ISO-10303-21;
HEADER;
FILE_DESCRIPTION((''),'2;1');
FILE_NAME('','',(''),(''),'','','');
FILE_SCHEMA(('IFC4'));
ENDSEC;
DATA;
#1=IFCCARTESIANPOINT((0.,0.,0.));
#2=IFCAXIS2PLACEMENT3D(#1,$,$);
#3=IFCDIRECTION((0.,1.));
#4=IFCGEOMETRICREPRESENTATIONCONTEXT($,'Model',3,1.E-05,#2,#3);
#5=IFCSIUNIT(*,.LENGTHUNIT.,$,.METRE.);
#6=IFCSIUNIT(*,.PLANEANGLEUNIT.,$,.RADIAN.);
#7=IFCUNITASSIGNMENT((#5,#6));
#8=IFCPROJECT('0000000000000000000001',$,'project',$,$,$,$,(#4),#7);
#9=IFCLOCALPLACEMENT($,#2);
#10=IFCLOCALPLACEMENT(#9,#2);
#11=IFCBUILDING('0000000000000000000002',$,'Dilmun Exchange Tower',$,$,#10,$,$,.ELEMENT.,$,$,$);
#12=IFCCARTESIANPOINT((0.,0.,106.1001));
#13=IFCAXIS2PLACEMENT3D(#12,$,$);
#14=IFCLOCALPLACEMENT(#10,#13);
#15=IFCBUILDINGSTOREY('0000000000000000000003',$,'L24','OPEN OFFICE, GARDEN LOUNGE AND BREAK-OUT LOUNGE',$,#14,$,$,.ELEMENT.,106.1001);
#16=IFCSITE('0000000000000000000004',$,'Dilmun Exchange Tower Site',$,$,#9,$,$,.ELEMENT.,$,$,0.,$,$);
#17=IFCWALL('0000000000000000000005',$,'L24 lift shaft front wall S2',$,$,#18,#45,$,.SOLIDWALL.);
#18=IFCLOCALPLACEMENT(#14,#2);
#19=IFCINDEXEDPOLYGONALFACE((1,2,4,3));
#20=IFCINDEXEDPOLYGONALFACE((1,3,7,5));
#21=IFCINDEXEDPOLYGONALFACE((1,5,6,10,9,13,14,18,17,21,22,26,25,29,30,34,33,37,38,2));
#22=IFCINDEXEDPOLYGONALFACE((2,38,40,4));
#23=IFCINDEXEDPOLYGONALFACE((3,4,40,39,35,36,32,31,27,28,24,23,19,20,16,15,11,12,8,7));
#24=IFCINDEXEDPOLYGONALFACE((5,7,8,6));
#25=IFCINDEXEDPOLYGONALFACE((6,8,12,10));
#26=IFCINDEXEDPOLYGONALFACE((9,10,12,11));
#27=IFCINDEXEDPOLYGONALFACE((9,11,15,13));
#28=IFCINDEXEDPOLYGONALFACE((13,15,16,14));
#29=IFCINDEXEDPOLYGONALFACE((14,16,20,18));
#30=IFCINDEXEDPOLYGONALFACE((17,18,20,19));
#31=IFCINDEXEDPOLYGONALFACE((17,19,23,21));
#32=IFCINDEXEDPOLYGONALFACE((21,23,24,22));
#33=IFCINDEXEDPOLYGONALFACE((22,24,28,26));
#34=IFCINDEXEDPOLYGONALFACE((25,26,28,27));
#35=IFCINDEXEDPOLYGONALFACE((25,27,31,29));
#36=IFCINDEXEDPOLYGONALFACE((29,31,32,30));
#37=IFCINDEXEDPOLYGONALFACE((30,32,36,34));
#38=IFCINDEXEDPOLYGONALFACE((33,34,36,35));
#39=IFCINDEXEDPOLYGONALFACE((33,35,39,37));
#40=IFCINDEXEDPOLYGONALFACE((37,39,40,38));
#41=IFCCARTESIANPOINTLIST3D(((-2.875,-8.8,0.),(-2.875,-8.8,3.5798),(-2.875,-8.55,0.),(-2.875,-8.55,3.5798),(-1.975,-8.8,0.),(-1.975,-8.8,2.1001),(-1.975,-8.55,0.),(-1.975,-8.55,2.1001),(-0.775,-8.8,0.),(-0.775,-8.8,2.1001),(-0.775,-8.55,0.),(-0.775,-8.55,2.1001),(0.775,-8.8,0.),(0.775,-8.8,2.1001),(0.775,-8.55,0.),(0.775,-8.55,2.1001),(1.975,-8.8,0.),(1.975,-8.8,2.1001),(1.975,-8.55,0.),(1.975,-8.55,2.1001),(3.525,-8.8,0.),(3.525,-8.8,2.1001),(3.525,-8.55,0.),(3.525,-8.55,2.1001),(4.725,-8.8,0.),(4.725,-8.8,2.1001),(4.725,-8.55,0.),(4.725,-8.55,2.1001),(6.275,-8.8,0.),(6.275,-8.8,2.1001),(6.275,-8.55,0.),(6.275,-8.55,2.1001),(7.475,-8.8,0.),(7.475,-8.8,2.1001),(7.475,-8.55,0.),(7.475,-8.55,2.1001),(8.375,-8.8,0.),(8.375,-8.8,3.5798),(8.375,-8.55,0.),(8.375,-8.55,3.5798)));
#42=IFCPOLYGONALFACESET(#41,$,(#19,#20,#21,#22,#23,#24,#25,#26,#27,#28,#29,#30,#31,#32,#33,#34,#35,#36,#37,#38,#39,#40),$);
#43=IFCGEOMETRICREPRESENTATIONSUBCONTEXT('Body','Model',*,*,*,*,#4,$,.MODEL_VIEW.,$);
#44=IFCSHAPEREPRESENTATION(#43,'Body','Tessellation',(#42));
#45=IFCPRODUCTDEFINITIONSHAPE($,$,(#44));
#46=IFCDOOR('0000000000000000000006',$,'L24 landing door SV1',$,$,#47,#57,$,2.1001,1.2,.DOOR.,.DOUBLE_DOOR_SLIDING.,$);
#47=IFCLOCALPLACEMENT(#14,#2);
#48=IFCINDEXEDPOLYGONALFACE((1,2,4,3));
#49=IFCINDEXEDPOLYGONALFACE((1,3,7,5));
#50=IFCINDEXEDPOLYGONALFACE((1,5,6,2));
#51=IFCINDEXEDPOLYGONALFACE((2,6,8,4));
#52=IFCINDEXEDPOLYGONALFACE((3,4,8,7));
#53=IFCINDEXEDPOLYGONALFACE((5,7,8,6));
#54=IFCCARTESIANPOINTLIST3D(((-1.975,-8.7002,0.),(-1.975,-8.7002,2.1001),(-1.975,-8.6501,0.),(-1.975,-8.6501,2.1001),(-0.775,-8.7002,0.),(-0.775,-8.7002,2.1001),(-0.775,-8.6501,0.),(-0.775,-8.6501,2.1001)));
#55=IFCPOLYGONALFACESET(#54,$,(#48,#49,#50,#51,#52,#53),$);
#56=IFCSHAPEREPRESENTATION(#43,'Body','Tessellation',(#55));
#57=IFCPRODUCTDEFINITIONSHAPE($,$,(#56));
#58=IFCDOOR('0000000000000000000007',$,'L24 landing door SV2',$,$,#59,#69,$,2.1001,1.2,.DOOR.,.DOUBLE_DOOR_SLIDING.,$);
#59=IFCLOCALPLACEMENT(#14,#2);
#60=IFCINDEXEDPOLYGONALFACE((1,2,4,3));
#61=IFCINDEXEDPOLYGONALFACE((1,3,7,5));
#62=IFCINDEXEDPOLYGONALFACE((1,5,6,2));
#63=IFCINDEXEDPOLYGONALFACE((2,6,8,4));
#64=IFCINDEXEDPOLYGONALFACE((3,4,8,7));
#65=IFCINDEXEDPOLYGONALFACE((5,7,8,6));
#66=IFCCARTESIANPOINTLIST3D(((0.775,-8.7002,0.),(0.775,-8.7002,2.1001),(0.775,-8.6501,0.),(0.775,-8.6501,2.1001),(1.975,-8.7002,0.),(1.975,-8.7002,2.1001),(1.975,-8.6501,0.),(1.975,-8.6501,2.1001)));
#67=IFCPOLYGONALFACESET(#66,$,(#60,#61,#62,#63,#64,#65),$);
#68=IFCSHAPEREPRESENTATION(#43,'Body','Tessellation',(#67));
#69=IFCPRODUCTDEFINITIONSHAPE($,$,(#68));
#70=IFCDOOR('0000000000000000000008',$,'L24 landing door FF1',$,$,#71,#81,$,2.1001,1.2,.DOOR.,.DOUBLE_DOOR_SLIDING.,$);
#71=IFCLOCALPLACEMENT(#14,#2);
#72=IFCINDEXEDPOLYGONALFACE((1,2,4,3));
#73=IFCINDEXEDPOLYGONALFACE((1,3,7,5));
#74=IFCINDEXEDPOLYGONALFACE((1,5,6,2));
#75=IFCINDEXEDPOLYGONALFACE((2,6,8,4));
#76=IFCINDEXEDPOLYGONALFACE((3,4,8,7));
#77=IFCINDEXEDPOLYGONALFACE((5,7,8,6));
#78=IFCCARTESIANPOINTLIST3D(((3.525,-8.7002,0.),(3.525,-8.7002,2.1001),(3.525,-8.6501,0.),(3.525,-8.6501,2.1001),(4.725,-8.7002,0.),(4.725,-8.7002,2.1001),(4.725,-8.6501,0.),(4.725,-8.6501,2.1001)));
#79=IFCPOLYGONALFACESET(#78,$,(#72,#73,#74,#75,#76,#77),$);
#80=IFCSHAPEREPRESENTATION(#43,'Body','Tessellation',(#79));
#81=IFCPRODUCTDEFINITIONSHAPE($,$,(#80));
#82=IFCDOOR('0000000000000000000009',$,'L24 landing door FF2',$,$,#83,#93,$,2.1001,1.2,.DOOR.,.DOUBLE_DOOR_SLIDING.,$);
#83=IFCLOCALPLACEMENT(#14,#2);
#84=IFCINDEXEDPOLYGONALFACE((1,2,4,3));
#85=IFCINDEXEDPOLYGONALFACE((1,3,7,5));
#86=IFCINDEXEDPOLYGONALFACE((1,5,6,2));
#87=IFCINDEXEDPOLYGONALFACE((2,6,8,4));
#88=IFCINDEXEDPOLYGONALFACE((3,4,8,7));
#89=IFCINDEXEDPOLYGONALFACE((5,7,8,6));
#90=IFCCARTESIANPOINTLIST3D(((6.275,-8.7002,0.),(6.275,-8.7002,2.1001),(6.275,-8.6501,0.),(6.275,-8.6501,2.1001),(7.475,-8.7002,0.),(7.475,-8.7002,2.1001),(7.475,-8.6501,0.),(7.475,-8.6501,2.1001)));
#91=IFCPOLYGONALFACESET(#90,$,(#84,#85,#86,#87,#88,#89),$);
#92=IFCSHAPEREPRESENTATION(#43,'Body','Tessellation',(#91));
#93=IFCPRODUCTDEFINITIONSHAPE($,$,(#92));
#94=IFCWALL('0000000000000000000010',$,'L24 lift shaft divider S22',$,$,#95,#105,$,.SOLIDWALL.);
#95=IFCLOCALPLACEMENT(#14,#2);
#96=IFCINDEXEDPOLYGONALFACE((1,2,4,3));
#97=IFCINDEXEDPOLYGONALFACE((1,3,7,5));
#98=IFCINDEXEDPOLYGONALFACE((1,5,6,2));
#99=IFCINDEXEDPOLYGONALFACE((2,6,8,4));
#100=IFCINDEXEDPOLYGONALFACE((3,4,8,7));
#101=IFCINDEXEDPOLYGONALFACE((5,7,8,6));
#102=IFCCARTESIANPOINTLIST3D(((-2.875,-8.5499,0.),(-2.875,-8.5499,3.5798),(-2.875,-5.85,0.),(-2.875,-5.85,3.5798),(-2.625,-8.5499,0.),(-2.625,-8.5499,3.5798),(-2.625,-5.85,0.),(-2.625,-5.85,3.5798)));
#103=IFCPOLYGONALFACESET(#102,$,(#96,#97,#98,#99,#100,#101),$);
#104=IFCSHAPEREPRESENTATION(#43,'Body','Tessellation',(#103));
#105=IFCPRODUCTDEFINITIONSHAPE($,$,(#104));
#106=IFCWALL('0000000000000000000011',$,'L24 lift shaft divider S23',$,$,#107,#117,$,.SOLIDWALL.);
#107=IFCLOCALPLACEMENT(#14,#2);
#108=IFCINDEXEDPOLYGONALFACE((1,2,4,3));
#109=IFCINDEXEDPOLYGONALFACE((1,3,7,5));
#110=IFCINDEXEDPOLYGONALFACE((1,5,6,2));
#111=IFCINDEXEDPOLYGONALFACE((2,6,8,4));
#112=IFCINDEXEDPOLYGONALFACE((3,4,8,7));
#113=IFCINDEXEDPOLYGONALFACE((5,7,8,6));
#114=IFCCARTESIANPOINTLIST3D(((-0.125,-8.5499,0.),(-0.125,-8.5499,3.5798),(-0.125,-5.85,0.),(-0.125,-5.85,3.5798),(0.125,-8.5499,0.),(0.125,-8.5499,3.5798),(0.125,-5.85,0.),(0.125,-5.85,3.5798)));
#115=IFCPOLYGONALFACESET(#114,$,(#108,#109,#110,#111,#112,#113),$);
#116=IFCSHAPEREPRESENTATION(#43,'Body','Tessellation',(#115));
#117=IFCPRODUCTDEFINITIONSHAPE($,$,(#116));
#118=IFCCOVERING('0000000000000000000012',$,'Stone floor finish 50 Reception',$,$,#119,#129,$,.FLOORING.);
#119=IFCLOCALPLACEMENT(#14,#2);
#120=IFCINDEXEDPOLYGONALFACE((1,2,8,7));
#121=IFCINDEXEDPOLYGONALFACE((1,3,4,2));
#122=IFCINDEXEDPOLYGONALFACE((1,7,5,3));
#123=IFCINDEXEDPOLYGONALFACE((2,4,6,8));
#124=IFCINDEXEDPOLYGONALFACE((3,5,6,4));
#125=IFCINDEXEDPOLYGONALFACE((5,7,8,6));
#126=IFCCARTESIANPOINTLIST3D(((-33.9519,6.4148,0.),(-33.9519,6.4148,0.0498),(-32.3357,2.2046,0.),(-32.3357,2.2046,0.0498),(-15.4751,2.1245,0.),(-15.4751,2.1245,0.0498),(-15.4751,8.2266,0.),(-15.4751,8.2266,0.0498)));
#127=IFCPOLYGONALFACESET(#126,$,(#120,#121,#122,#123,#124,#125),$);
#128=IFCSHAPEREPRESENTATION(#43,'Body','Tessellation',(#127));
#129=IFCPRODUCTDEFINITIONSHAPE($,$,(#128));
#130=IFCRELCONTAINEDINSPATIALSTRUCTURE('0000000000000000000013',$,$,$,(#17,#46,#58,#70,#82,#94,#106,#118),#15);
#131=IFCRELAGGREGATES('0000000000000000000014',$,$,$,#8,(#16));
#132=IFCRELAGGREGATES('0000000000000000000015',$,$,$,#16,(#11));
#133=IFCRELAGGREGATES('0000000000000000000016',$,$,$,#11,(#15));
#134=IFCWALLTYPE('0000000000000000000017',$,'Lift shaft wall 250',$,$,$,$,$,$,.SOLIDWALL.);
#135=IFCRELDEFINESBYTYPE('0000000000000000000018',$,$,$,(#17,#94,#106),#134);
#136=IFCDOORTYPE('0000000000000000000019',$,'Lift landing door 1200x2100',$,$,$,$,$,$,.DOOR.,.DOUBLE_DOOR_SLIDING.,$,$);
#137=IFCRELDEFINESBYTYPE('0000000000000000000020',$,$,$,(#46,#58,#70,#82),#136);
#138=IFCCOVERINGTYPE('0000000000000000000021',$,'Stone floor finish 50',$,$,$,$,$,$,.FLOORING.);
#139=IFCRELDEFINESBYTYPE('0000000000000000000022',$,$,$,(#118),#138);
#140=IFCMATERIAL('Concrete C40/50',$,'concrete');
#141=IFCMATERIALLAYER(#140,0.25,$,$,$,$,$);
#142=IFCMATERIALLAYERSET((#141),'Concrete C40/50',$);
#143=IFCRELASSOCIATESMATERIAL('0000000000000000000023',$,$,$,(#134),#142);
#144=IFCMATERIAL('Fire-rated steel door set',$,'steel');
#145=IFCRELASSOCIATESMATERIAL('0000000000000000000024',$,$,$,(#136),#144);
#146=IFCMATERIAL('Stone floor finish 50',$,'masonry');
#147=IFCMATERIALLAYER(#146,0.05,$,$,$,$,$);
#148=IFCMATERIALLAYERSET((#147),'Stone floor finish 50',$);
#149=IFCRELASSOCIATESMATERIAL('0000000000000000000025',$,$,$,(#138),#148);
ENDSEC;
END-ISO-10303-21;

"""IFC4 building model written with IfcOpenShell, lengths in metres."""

from ifc_helpers import new_model, si_unit, direction, frame, frame_2d, origin, place, context, subcontext, project, spatial, polyline, rectangle, outline, extrude, material, layer, layer_set, type_object, element, fill, save


model = new_model("IFC4")

# Units and contexts
model_context = context("Model", 3, precision=1e-05, world=origin(), true_north=direction((0.0, 1.0)))
body_context = subcontext(model_context, "Body", "Model", "MODEL_VIEW")
ifc_project = project(units=[si_unit("LENGTHUNIT", "METRE"), si_unit("PLANEANGLEUNIT", "RADIAN")], contexts=[model_context])

# Site, building, storey
site_placement = place(None, origin())
site = spatial("IfcSite", under=ifc_project, at=site_placement, Name="Dilmun Exchange Tower Site", CompositionType="ELEMENT", RefElevation=0.0)
building_placement = place(site_placement, origin())
building = spatial("IfcBuilding", under=site, at=building_placement, Name="Dilmun Exchange Tower", CompositionType="ELEMENT")
storey_placement = place(building_placement, frame((0.0, 0.0, 106.1001)))
storey = spatial("IfcBuildingStorey", under=building, at=storey_placement, Name="L24", Description="OPEN OFFICE, GARDEN LOUNGE AND BREAK-OUT LOUNGE", CompositionType="ELEMENT", Elevation=106.1001)

# Shared definitions
ifc_material_1 = material(Name="Concrete C40/50", Category="concrete")

# Shared definitions
ifc_layer_1 = layer(ifc_material_1, 0.25)
ifc_layer_set_1 = layer_set([ifc_layer_1], Name="Concrete C40/50")
wall_type_1 = type_object("IfcWallType", Name="Lift shaft wall 250", PredefinedType="SOLIDWALL", material=ifc_layer_set_1)

# Wall, openings, doors
wall_1_placement = place(storey_placement, frame((-2.875, -8.675, 0.0), z_axis=(0.0, 0.0, 1.0), x_axis=(1.0, 0.0, 0.0)))
wall_1 = element("IfcWall", 1, at=wall_1_placement, inside=storey, type_object=wall_type_1, Name="L24 lift shaft front wall S2", PredefinedType="SOLIDWALL", context=body_context, shape_type="SweptSolid", body=[
    extrude(rectangle(XDim=11.25, YDim=0.25, at=frame_2d((5.625, 0.0))), origin(), (0.0, 0.0, 1.0), 3.5798),
])
opening_1_placement = place(wall_1_placement, frame((0.8999, 0.0, 0.0)))
opening_1 = element("IfcOpeningElement", 2, at=opening_1_placement, cuts=wall_1, PredefinedType="OPENING", context=body_context, shape_type="SweptSolid", body=[
    extrude(rectangle(XDim=1.2, YDim=2.1001, at=frame_2d((0.6001, 1.05))), frame((0.0, 0.135, 0.0), z_axis=(0.0, -1.0, 0.0), x_axis=(1.0, 0.0, 0.0)), (0.0, 0.0, 1.0), 0.27),
])
opening_2_placement = place(wall_1_placement, frame((3.6499, 0.0, 0.0)))
opening_2 = element("IfcOpeningElement", 3, at=opening_2_placement, cuts=wall_1, PredefinedType="OPENING", context=body_context, shape_type="SweptSolid", body=[
    extrude(rectangle(XDim=1.2, YDim=2.1001, at=frame_2d((0.6001, 1.05))), frame((0.0, 0.135, 0.0), z_axis=(0.0, -1.0, 0.0), x_axis=(1.0, 0.0, 0.0)), (0.0, 0.0, 1.0), 0.27),
])
opening_3_placement = place(wall_1_placement, frame((6.3999, 0.0, 0.0)))
opening_3 = element("IfcOpeningElement", 4, at=opening_3_placement, cuts=wall_1, PredefinedType="OPENING", context=body_context, shape_type="SweptSolid", body=[
    extrude(rectangle(XDim=1.2, YDim=2.1001, at=frame_2d((0.6001, 1.05))), frame((0.0, 0.135, 0.0), z_axis=(0.0, -1.0, 0.0), x_axis=(1.0, 0.0, 0.0)), (0.0, 0.0, 1.0), 0.27),
])
opening_4_placement = place(wall_1_placement, frame((9.1499, 0.0, 0.0)))
opening_4 = element("IfcOpeningElement", 5, at=opening_4_placement, cuts=wall_1, PredefinedType="OPENING", context=body_context, shape_type="SweptSolid", body=[
    extrude(rectangle(XDim=1.2, YDim=2.1001, at=frame_2d((0.6001, 1.05))), frame((0.0, 0.135, 0.0), z_axis=(0.0, -1.0, 0.0), x_axis=(1.0, 0.0, 0.0)), (0.0, 0.0, 1.0), 0.27),
])
ifc_material_2 = material(Name="Fire-rated steel door set", Category="steel")
door_type = type_object("IfcDoorType", Name="Lift landing door 1200x2100", OperationType="DOUBLE_DOOR_SLIDING", PredefinedType="DOOR", material=ifc_material_2)
door_1_placement = place(opening_1_placement, origin())
door_1 = element("IfcDoor", 6, at=door_1_placement, inside=storey, type_object=door_type, Name="L24 landing door SV1", OperationType="DOUBLE_DOOR_SLIDING", OverallHeight=2.1001, OverallWidth=1.2, PredefinedType="DOOR", context=body_context, shape_type="SweptSolid", body=[
    extrude(rectangle(XDim=1.2, YDim=2.1001, at=frame_2d((0.6001, 1.05))), frame((0.0, 0.0249, 0.0), z_axis=(0.0, -1.0, 0.0), x_axis=(1.0, 0.0, 0.0)), (0.0, 0.0, 1.0), 0.05),
])
fill(opening_1, door_1)
door_2_placement = place(opening_2_placement, origin())
door_2 = element("IfcDoor", 7, at=door_2_placement, inside=storey, type_object=door_type, Name="L24 landing door SV2", OperationType="DOUBLE_DOOR_SLIDING", OverallHeight=2.1001, OverallWidth=1.2, PredefinedType="DOOR", context=body_context, shape_type="SweptSolid", body=[
    extrude(rectangle(XDim=1.2, YDim=2.1001, at=frame_2d((0.6001, 1.05))), frame((0.0, 0.0249, 0.0), z_axis=(0.0, -1.0, 0.0), x_axis=(1.0, 0.0, 0.0)), (0.0, 0.0, 1.0), 0.05),
])
fill(opening_2, door_2)
door_3_placement = place(opening_3_placement, origin())
door_3 = element("IfcDoor", 8, at=door_3_placement, inside=storey, type_object=door_type, Name="L24 landing door FF1", OperationType="DOUBLE_DOOR_SLIDING", OverallHeight=2.1001, OverallWidth=1.2, PredefinedType="DOOR", context=body_context, shape_type="SweptSolid", body=[
    extrude(rectangle(XDim=1.2, YDim=2.1001, at=frame_2d((0.6001, 1.05))), frame((0.0, 0.0249, 0.0), z_axis=(0.0, -1.0, 0.0), x_axis=(1.0, 0.0, 0.0)), (0.0, 0.0, 1.0), 0.05),
])
fill(opening_3, door_3)
door_4_placement = place(opening_4_placement, origin())
door_4 = element("IfcDoor", 9, at=door_4_placement, inside=storey, type_object=door_type, Name="L24 landing door FF2", OperationType="DOUBLE_DOOR_SLIDING", OverallHeight=2.1001, OverallWidth=1.2, PredefinedType="DOOR", context=body_context, shape_type="SweptSolid", body=[
    extrude(rectangle(XDim=1.2, YDim=2.1001, at=frame_2d((0.6001, 1.05))), frame((0.0, 0.0249, 0.0), z_axis=(0.0, -1.0, 0.0), x_axis=(1.0, 0.0, 0.0)), (0.0, 0.0, 1.0), 0.05),
])
fill(opening_4, door_4)

# Walls
for number, where, z_axis, x_axis, name in (
    (10, (-2.75, -8.55, 0.0), (0.0, 0.0, 1.0), (0.0, 1.0, 0.0), "L24 lift shaft divider S22"),
    (11, (0.0, -8.55, 0.0), (0.0, 0.0, 1.0), (0.0, 1.0, 0.0), "L24 lift shaft divider S23"),
):
    element("IfcWall", number, at=place(storey_placement, frame(where, z_axis=z_axis, x_axis=x_axis)), inside=storey, type_object=wall_type_1, Name=name, PredefinedType="SOLIDWALL", context=body_context, shape_type="SweptSolid", body=[
        extrude(rectangle(XDim=2.7, YDim=0.25, at=frame_2d((1.3501, 0.0))), origin(), (0.0, 0.0, 1.0), 3.5798),
    ])

# Covering
ifc_material_3 = material(Name="Stone floor finish 50", Category="masonry")
ifc_layer_2 = layer(ifc_material_3, 0.05)
ifc_layer_set_2 = layer_set([ifc_layer_2], Name="Stone floor finish 50")
covering_type = type_object("IfcCoveringType", Name="Stone floor finish 50", PredefinedType="FLOORING", material=ifc_layer_set_2)
covering_placement = place(storey_placement, origin())
element("IfcCovering", 12, at=covering_placement, inside=storey, type_object=covering_type, Name="Stone floor finish 50 Reception", PredefinedType="FLOORING", context=body_context, shape_type="SweptSolid", body=[
    extrude(outline(polyline([(-15.4751, 2.1245), (-32.3357, 2.2046), (-33.9519, 6.4148), (-15.4751, 8.2266), (-15.4751, 2.1245)])), origin(), (0.0, 0.0, 1.0), 0.0498),
])

save(model, "model.ifc")
